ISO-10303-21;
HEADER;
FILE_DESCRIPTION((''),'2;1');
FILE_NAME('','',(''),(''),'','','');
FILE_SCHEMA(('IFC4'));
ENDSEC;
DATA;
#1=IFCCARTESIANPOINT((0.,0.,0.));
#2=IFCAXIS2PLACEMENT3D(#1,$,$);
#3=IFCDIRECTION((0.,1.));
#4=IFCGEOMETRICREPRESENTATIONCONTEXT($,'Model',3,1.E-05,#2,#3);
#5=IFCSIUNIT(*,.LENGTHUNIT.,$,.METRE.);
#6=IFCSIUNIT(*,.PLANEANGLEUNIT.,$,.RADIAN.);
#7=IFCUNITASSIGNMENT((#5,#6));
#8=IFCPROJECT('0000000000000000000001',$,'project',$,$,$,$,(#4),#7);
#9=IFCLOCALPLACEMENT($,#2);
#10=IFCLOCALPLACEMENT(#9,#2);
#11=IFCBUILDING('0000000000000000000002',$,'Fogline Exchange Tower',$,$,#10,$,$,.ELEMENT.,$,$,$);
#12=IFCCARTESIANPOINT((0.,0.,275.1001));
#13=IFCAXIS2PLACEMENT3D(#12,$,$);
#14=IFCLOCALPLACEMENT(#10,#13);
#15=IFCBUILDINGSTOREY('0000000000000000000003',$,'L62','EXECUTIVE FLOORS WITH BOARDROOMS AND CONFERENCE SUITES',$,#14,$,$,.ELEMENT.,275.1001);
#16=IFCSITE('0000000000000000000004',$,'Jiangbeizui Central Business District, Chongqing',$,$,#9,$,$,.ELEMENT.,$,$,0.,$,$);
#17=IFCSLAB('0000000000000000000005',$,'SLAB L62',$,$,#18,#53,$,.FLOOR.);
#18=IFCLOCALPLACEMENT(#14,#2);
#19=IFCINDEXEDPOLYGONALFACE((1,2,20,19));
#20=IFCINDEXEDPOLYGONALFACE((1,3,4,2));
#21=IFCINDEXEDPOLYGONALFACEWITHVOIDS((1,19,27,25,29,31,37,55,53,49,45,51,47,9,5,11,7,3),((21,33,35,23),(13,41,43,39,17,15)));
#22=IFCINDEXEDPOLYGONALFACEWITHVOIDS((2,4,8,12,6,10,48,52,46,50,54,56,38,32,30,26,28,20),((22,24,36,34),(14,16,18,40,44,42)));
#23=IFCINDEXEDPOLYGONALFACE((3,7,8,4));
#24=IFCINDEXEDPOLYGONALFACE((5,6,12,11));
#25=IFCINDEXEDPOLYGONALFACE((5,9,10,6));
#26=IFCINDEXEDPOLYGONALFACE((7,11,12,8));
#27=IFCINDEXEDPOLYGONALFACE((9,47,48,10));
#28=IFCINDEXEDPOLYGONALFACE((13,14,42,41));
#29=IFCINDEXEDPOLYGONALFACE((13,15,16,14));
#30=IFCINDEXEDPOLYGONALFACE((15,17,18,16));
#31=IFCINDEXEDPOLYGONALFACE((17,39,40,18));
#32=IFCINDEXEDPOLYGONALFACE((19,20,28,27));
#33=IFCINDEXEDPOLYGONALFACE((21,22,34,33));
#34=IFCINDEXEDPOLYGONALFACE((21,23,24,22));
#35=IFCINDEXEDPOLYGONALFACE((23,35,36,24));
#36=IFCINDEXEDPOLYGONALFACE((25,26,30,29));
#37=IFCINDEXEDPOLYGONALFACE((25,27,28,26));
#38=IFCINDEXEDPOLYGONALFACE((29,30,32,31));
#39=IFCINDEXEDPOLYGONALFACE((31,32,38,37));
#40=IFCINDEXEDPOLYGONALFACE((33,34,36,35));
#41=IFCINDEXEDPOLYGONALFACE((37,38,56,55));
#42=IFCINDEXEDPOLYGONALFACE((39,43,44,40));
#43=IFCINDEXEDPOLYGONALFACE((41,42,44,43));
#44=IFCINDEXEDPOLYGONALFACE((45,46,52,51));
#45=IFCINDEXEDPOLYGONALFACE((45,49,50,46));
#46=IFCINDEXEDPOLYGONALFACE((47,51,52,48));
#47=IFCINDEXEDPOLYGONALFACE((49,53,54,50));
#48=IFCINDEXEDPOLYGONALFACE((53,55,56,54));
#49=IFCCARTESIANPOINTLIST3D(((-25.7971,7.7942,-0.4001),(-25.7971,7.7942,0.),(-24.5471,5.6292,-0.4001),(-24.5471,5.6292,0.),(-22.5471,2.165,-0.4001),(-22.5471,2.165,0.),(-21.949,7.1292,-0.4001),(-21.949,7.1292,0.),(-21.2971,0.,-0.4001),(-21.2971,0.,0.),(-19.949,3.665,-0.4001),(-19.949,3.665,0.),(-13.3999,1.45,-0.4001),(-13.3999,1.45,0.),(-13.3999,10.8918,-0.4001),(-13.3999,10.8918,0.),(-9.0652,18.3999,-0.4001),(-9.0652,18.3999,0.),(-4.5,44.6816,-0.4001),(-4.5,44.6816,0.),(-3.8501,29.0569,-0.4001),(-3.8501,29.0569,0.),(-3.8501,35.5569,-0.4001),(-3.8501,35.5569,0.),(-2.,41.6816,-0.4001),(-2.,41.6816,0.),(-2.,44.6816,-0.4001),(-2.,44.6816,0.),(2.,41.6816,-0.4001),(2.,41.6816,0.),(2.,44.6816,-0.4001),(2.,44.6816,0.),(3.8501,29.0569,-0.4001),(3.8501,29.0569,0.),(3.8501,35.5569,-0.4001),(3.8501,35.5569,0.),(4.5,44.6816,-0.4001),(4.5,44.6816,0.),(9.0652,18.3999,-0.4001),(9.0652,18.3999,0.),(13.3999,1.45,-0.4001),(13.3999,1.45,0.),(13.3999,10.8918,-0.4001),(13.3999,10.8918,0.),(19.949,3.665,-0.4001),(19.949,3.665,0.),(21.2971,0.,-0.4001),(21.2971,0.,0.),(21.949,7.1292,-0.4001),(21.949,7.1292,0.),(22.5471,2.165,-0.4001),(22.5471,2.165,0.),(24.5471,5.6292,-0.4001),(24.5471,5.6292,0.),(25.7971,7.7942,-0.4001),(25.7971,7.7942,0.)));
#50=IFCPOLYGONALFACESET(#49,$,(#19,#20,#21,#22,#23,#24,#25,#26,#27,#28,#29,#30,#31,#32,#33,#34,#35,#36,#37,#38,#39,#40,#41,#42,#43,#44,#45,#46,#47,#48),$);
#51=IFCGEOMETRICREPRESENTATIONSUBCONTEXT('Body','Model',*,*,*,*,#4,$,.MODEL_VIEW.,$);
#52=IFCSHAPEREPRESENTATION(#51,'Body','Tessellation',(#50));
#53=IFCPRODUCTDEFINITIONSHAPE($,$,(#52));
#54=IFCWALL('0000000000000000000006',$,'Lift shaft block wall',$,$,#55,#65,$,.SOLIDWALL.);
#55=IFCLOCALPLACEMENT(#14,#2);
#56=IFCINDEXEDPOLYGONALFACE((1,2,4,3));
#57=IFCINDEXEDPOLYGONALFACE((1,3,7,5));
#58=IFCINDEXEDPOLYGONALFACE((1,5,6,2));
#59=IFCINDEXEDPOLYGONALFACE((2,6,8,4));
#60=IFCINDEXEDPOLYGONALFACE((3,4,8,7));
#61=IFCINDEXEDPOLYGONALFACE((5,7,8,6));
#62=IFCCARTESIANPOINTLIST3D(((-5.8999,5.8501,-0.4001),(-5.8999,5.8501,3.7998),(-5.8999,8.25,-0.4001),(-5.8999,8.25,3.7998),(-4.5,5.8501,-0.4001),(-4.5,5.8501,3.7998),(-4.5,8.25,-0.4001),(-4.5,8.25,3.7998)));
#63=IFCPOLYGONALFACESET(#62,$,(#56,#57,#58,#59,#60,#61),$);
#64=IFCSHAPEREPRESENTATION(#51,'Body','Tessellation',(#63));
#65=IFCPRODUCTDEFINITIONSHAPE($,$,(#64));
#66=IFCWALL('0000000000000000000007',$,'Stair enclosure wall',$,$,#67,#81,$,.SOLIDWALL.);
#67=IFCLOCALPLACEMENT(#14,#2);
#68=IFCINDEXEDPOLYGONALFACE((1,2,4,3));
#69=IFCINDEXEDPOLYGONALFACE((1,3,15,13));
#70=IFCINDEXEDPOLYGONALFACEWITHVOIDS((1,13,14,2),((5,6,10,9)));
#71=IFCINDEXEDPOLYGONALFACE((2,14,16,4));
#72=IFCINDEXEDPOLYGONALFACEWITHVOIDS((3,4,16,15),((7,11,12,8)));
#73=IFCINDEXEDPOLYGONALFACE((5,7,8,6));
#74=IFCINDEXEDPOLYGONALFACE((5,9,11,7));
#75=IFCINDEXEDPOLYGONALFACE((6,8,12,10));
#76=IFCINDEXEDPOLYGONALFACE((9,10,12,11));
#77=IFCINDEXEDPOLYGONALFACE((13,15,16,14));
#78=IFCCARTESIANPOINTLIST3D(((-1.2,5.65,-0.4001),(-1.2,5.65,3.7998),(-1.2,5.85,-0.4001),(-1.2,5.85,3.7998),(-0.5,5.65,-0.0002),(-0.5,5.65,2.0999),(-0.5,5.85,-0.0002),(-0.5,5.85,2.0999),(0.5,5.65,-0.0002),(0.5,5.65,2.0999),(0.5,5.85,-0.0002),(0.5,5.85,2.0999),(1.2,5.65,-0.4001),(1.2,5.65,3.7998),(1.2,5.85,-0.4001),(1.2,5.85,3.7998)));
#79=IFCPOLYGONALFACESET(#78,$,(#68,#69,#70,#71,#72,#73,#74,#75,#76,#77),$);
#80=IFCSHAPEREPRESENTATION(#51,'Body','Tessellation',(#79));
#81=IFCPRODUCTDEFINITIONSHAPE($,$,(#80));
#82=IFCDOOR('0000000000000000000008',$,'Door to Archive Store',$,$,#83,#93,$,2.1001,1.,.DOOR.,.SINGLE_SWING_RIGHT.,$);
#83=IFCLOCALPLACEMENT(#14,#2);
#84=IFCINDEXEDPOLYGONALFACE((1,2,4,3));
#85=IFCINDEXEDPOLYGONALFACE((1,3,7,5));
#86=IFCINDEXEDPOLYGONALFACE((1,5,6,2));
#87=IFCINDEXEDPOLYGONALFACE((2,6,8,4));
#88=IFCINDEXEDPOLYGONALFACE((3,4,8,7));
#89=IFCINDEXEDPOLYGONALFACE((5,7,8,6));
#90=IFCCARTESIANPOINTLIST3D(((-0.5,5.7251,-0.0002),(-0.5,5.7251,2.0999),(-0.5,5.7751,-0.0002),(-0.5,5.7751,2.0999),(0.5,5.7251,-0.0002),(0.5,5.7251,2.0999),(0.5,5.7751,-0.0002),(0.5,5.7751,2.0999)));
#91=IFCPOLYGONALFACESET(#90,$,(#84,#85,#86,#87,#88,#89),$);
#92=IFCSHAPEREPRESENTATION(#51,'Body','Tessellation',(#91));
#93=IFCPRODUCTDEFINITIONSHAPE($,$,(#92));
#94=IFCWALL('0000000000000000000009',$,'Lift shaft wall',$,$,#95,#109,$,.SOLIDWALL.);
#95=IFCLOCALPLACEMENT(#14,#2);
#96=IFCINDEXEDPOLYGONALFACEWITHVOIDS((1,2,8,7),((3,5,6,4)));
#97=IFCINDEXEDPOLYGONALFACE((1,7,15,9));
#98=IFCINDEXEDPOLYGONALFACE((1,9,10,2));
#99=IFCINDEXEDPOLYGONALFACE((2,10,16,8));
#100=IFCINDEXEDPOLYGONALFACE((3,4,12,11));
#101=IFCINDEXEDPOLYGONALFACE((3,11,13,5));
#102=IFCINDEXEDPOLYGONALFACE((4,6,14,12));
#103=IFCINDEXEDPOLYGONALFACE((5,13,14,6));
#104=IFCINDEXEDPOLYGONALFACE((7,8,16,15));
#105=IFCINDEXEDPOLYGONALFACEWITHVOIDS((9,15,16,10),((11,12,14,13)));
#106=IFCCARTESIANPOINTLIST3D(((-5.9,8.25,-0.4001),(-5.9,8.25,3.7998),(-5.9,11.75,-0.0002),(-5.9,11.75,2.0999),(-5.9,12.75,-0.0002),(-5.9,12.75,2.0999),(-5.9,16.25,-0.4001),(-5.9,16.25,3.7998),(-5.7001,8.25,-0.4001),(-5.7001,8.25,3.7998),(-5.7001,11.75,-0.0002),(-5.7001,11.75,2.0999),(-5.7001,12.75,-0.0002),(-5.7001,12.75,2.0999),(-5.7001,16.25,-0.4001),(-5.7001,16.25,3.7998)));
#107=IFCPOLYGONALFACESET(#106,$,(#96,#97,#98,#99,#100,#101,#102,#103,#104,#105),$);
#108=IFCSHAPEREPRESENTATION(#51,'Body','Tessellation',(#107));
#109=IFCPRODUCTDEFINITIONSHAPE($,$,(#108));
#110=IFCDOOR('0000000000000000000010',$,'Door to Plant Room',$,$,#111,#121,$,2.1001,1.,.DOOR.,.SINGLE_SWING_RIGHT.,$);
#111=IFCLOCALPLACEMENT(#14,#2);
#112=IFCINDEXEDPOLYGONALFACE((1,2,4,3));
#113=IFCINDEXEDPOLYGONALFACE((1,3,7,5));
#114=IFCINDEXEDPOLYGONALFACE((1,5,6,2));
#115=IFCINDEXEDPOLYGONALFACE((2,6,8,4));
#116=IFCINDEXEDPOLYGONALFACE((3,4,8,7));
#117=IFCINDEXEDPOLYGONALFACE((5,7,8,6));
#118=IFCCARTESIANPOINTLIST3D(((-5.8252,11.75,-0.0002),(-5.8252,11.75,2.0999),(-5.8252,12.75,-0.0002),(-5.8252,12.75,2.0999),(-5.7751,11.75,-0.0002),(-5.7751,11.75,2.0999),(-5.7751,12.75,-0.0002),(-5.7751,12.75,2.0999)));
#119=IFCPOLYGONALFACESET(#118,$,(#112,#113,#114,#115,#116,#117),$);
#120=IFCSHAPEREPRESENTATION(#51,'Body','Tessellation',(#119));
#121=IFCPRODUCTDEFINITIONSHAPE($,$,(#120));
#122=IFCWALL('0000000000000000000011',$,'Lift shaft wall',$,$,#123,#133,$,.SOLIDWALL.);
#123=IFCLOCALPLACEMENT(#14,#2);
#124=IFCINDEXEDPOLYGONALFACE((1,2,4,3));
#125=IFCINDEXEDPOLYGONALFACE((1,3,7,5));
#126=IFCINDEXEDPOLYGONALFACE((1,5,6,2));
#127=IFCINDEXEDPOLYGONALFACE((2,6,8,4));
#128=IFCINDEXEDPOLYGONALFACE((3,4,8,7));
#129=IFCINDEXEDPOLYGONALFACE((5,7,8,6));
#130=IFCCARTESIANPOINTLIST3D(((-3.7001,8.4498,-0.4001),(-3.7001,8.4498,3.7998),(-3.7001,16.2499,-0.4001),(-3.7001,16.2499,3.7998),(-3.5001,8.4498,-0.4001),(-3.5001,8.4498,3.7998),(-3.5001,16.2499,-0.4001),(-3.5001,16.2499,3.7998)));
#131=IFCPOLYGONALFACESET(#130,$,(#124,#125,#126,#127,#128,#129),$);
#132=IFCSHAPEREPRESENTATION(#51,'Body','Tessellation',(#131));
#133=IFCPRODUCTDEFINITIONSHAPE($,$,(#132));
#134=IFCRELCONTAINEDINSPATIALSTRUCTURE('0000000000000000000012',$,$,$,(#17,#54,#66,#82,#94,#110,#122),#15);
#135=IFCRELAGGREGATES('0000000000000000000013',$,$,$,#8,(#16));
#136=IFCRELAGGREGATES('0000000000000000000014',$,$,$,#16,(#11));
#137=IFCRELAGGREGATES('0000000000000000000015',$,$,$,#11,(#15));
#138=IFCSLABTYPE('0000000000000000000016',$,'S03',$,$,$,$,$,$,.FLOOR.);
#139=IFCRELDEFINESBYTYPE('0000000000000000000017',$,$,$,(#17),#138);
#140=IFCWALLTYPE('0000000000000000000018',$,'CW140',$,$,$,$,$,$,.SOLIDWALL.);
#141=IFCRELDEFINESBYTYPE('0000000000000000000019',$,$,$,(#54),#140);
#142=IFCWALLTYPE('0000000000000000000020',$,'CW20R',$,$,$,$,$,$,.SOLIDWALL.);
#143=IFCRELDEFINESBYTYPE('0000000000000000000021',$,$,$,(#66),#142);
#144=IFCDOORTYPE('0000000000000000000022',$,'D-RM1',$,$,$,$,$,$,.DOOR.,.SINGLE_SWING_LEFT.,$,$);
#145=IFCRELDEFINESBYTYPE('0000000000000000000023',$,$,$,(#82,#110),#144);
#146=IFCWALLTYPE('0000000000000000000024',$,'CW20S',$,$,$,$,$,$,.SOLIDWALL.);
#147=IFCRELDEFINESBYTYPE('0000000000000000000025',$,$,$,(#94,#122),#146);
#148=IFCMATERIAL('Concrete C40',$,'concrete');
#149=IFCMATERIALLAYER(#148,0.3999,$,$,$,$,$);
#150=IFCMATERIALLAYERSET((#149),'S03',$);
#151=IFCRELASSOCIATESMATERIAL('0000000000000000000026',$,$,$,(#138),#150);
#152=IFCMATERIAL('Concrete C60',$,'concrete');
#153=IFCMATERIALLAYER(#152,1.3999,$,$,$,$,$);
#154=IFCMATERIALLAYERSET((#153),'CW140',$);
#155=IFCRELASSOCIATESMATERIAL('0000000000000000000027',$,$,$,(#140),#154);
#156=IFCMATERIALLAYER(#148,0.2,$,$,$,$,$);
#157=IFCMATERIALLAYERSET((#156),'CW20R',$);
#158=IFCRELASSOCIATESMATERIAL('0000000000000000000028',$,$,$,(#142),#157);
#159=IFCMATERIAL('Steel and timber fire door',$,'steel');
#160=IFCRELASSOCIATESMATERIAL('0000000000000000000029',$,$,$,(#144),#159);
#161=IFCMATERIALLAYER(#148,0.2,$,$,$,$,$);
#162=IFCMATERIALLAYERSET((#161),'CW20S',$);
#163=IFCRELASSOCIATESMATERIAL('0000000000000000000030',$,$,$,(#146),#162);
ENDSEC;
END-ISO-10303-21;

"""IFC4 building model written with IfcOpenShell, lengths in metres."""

from ifc_helpers import new_model, si_unit, direction, frame, frame_2d, origin, place, context, subcontext, project, spatial, polyline, rectangle, outline, extrude, material, layer, layer_set, type_object, element, fill, save


model = new_model("IFC4")

# Units and contexts
model_context = context("Model", 3, precision=1e-05, world=origin(), true_north=direction((0.0, 1.0)))
body_context = subcontext(model_context, "Body", "Model", "MODEL_VIEW")
ifc_project = project(units=[si_unit("LENGTHUNIT", "METRE"), si_unit("PLANEANGLEUNIT", "RADIAN")], contexts=[model_context])

# Site, building, storey
site_placement = place(None, origin())
site = spatial("IfcSite", under=ifc_project, at=site_placement, Name="Jiangbeizui Central Business District, Chongqing", CompositionType="ELEMENT", RefElevation=0.0)
building_placement = place(site_placement, origin())
building = spatial("IfcBuilding", under=site, at=building_placement, Name="Fogline Exchange Tower", CompositionType="ELEMENT")
storey_placement = place(building_placement, frame((0.0, 0.0, 275.1001)))
storey = spatial("IfcBuildingStorey", under=building, at=storey_placement, Name="L62", Description="EXECUTIVE FLOORS WITH BOARDROOMS AND CONFERENCE SUITES", CompositionType="ELEMENT", Elevation=275.1001)

# Slab
ifc_material_1 = material(Name="Concrete C40", Category="concrete")
ifc_layer_1 = layer(ifc_material_1, 0.3999)
ifc_layer_set_1 = layer_set([ifc_layer_1], Name="S03")
slab_type = type_object("IfcSlabType", Name="S03", PredefinedType="FLOOR", material=ifc_layer_set_1)
slab_placement = place(storey_placement, frame((0.0, 0.0, -0.4001)))
element("IfcSlab", 1, at=slab_placement, inside=storey, type_object=slab_type, Name="SLAB L62", PredefinedType="FLOOR", context=body_context, shape_type="SweptSolid", body=[
    extrude(outline(polyline([(-2.0, 44.6816), (-4.5, 44.6816), (-25.7971, 7.7942), (-24.5471, 5.6292), (-21.949, 7.1292), (-19.949, 3.665), (-22.5471, 2.165), (-21.2971, 0.0), (21.2971, 0.0), (22.5471, 2.165), (19.949, 3.665), (21.949, 7.1292), (24.5471, 5.6292), (25.7971, 7.7942), (4.5, 44.6816), (2.0, 44.6816), (2.0, 41.6816), (-2.0, 41.6816), (-2.0, 44.6816)]), holes=[polyline([(13.3999, 10.8918), (13.3999, 1.45), (-13.3999, 1.45), (-13.3999, 10.8918), (-9.0652, 18.3999), (9.0652, 18.3999), (13.3999, 10.8918)]), polyline([(3.8501, 35.5569), (3.8501, 29.0569), (-3.8501, 29.0569), (-3.8501, 35.5569), (3.8501, 35.5569)])]), origin(), (0.0, 0.0, 1.0), 0.4001),
])

# Wall
ifc_material_2 = material(Name="Concrete C60", Category="concrete")
ifc_layer_2 = layer(ifc_material_2, 1.3999)
ifc_layer_set_2 = layer_set([ifc_layer_2], Name="CW140")
wall_type_1 = type_object("IfcWallType", Name="CW140", PredefinedType="SOLIDWALL", material=ifc_layer_set_2)
wall_1_placement = place(storey_placement, frame((-5.2, 5.8501, -0.4001), z_axis=(0.0, 0.0, 1.0), x_axis=(0.0, 1.0, 0.0)))
element("IfcWall", 2, at=wall_1_placement, inside=storey, type_object=wall_type_1, Name="Lift shaft block wall", PredefinedType="SOLIDWALL", context=body_context, shape_type="SweptSolid", body=[
    extrude(rectangle(XDim=2.3999, YDim=1.3999, at=frame_2d((1.2, 0.0))), origin(), (0.0, 0.0, 1.0), 4.2),
])

# Walls, openings, doors
ifc_layer_3 = layer(ifc_material_1, 0.2)
ifc_layer_set_3 = layer_set([ifc_layer_3], Name="CW20R")
wall_type_2 = type_object("IfcWallType", Name="CW20R", PredefinedType="SOLIDWALL", material=ifc_layer_set_3)
wall_2_placement = place(storey_placement, frame((-1.2, 5.75, -0.4001), z_axis=(0.0, 0.0, 1.0), x_axis=(1.0, 0.0, 0.0)))
wall_2 = element("IfcWall", 3, at=wall_2_placement, inside=storey, type_object=wall_type_2, Name="Stair enclosure wall", PredefinedType="SOLIDWALL", context=body_context, shape_type="SweptSolid", body=[
    extrude(rectangle(XDim=2.3999, YDim=0.2, at=frame_2d((1.2, 0.0))), origin(), (0.0, 0.0, 1.0), 4.2),
])
opening_1_placement = place(wall_2_placement, frame((0.7, 0.0, 0.3999)))
opening_1 = element("IfcOpeningElement", 4, at=opening_1_placement, cuts=wall_2, PredefinedType="OPENING", context=body_context, shape_type="SweptSolid", body=[
    extrude(rectangle(XDim=1.0, YDim=2.1001, at=frame_2d((0.5, 1.05))), frame((0.0, 0.1099, 0.0), z_axis=(0.0, -1.0, 0.0), x_axis=(1.0, 0.0, 0.0)), (0.0, 0.0, 1.0), 0.22),
])
ifc_material_3 = material(Name="Steel and timber fire door", Category="steel")
door_type_1 = type_object("IfcDoorType", Name="D-RM1", OperationType="SINGLE_SWING_LEFT", PredefinedType="DOOR", material=ifc_material_3)
door_1_placement = place(opening_1_placement, frame((1.0, 0.0, 0.0), z_axis=(0.0, 0.0, 1.0), x_axis=(-1.0, 0.0, 0.0)))
door_1 = element("IfcDoor", 5, at=door_1_placement, inside=storey, type_object=door_type_1, Name="Door to Archive Store", OperationType="SINGLE_SWING_RIGHT", OverallHeight=2.1001, OverallWidth=1.0, PredefinedType="DOOR", context=body_context, shape_type="SweptSolid", body=[
    extrude(rectangle(XDim=1.0, YDim=2.1001, at=frame_2d((0.5, 1.05))), frame((0.0, 0.0249, 0.0), z_axis=(0.0, -1.0, 0.0), x_axis=(1.0, 0.0, 0.0)), (0.0, 0.0, 1.0), 0.05),
])
fill(opening_1, door_1)
ifc_layer_4 = layer(ifc_material_1, 0.2)
ifc_layer_set_4 = layer_set([ifc_layer_4], Name="CW20S")
wall_type_3 = type_object("IfcWallType", Name="CW20S", PredefinedType="SOLIDWALL", material=ifc_layer_set_4)
wall_3_placement = place(storey_placement, frame((-5.8, 8.25, -0.4001), z_axis=(0.0, 0.0, 1.0), x_axis=(0.0, 1.0, 0.0)))
wall_3 = element("IfcWall", 6, at=wall_3_placement, inside=storey, type_object=wall_type_3, Name="Lift shaft wall", PredefinedType="SOLIDWALL", context=body_context, shape_type="SweptSolid", body=[
    extrude(rectangle(XDim=8.0, YDim=0.2, at=frame_2d((4.0, 0.0))), origin(), (0.0, 0.0, 1.0), 4.2),
])
opening_2_placement = place(wall_3_placement, frame((3.5, 0.0, 0.3999)))
opening_2 = element("IfcOpeningElement", 7, at=opening_2_placement, cuts=wall_3, PredefinedType="OPENING", context=body_context, shape_type="SweptSolid", body=[
    extrude(rectangle(XDim=1.0, YDim=2.1001, at=frame_2d((0.5, 1.05))), frame((0.0, 0.1099, 0.0), z_axis=(0.0, -1.0, 0.0), x_axis=(1.0, 0.0, 0.0)), (0.0, 0.0, 1.0), 0.22),
])
door_2_placement = place(opening_2_placement, frame((1.0, 0.0, 0.0), z_axis=(0.0, 0.0, 1.0), x_axis=(-1.0, 0.0, 0.0)))
door_2 = element("IfcDoor", 8, at=door_2_placement, inside=storey, type_object=door_type_1, Name="Door to Plant Room", OperationType="SINGLE_SWING_RIGHT", OverallHeight=2.1001, OverallWidth=1.0, PredefinedType="DOOR", context=body_context, shape_type="SweptSolid", body=[
    extrude(rectangle(XDim=1.0, YDim=2.1001, at=frame_2d((0.5, 1.05))), frame((0.0, 0.0249, 0.0), z_axis=(0.0, -1.0, 0.0), x_axis=(1.0, 0.0, 0.0)), (0.0, 0.0, 1.0), 0.05),
])
fill(opening_2, door_2)

# Wall
wall_4_placement = place(storey_placement, frame((-3.6001, 8.45, -0.4001), z_axis=(0.0, 0.0, 1.0), x_axis=(0.0, 1.0, 0.0)))
element("IfcWall", 9, at=wall_4_placement, inside=storey, type_object=wall_type_3, Name="Lift shaft wall", PredefinedType="SOLIDWALL", context=body_context, shape_type="SweptSolid", body=[
    extrude(rectangle(XDim=7.8, YDim=0.2, at=frame_2d((3.8999, 0.0))), origin(), (0.0, 0.0, 1.0), 4.2),
])

save(model, "model.ifc")
